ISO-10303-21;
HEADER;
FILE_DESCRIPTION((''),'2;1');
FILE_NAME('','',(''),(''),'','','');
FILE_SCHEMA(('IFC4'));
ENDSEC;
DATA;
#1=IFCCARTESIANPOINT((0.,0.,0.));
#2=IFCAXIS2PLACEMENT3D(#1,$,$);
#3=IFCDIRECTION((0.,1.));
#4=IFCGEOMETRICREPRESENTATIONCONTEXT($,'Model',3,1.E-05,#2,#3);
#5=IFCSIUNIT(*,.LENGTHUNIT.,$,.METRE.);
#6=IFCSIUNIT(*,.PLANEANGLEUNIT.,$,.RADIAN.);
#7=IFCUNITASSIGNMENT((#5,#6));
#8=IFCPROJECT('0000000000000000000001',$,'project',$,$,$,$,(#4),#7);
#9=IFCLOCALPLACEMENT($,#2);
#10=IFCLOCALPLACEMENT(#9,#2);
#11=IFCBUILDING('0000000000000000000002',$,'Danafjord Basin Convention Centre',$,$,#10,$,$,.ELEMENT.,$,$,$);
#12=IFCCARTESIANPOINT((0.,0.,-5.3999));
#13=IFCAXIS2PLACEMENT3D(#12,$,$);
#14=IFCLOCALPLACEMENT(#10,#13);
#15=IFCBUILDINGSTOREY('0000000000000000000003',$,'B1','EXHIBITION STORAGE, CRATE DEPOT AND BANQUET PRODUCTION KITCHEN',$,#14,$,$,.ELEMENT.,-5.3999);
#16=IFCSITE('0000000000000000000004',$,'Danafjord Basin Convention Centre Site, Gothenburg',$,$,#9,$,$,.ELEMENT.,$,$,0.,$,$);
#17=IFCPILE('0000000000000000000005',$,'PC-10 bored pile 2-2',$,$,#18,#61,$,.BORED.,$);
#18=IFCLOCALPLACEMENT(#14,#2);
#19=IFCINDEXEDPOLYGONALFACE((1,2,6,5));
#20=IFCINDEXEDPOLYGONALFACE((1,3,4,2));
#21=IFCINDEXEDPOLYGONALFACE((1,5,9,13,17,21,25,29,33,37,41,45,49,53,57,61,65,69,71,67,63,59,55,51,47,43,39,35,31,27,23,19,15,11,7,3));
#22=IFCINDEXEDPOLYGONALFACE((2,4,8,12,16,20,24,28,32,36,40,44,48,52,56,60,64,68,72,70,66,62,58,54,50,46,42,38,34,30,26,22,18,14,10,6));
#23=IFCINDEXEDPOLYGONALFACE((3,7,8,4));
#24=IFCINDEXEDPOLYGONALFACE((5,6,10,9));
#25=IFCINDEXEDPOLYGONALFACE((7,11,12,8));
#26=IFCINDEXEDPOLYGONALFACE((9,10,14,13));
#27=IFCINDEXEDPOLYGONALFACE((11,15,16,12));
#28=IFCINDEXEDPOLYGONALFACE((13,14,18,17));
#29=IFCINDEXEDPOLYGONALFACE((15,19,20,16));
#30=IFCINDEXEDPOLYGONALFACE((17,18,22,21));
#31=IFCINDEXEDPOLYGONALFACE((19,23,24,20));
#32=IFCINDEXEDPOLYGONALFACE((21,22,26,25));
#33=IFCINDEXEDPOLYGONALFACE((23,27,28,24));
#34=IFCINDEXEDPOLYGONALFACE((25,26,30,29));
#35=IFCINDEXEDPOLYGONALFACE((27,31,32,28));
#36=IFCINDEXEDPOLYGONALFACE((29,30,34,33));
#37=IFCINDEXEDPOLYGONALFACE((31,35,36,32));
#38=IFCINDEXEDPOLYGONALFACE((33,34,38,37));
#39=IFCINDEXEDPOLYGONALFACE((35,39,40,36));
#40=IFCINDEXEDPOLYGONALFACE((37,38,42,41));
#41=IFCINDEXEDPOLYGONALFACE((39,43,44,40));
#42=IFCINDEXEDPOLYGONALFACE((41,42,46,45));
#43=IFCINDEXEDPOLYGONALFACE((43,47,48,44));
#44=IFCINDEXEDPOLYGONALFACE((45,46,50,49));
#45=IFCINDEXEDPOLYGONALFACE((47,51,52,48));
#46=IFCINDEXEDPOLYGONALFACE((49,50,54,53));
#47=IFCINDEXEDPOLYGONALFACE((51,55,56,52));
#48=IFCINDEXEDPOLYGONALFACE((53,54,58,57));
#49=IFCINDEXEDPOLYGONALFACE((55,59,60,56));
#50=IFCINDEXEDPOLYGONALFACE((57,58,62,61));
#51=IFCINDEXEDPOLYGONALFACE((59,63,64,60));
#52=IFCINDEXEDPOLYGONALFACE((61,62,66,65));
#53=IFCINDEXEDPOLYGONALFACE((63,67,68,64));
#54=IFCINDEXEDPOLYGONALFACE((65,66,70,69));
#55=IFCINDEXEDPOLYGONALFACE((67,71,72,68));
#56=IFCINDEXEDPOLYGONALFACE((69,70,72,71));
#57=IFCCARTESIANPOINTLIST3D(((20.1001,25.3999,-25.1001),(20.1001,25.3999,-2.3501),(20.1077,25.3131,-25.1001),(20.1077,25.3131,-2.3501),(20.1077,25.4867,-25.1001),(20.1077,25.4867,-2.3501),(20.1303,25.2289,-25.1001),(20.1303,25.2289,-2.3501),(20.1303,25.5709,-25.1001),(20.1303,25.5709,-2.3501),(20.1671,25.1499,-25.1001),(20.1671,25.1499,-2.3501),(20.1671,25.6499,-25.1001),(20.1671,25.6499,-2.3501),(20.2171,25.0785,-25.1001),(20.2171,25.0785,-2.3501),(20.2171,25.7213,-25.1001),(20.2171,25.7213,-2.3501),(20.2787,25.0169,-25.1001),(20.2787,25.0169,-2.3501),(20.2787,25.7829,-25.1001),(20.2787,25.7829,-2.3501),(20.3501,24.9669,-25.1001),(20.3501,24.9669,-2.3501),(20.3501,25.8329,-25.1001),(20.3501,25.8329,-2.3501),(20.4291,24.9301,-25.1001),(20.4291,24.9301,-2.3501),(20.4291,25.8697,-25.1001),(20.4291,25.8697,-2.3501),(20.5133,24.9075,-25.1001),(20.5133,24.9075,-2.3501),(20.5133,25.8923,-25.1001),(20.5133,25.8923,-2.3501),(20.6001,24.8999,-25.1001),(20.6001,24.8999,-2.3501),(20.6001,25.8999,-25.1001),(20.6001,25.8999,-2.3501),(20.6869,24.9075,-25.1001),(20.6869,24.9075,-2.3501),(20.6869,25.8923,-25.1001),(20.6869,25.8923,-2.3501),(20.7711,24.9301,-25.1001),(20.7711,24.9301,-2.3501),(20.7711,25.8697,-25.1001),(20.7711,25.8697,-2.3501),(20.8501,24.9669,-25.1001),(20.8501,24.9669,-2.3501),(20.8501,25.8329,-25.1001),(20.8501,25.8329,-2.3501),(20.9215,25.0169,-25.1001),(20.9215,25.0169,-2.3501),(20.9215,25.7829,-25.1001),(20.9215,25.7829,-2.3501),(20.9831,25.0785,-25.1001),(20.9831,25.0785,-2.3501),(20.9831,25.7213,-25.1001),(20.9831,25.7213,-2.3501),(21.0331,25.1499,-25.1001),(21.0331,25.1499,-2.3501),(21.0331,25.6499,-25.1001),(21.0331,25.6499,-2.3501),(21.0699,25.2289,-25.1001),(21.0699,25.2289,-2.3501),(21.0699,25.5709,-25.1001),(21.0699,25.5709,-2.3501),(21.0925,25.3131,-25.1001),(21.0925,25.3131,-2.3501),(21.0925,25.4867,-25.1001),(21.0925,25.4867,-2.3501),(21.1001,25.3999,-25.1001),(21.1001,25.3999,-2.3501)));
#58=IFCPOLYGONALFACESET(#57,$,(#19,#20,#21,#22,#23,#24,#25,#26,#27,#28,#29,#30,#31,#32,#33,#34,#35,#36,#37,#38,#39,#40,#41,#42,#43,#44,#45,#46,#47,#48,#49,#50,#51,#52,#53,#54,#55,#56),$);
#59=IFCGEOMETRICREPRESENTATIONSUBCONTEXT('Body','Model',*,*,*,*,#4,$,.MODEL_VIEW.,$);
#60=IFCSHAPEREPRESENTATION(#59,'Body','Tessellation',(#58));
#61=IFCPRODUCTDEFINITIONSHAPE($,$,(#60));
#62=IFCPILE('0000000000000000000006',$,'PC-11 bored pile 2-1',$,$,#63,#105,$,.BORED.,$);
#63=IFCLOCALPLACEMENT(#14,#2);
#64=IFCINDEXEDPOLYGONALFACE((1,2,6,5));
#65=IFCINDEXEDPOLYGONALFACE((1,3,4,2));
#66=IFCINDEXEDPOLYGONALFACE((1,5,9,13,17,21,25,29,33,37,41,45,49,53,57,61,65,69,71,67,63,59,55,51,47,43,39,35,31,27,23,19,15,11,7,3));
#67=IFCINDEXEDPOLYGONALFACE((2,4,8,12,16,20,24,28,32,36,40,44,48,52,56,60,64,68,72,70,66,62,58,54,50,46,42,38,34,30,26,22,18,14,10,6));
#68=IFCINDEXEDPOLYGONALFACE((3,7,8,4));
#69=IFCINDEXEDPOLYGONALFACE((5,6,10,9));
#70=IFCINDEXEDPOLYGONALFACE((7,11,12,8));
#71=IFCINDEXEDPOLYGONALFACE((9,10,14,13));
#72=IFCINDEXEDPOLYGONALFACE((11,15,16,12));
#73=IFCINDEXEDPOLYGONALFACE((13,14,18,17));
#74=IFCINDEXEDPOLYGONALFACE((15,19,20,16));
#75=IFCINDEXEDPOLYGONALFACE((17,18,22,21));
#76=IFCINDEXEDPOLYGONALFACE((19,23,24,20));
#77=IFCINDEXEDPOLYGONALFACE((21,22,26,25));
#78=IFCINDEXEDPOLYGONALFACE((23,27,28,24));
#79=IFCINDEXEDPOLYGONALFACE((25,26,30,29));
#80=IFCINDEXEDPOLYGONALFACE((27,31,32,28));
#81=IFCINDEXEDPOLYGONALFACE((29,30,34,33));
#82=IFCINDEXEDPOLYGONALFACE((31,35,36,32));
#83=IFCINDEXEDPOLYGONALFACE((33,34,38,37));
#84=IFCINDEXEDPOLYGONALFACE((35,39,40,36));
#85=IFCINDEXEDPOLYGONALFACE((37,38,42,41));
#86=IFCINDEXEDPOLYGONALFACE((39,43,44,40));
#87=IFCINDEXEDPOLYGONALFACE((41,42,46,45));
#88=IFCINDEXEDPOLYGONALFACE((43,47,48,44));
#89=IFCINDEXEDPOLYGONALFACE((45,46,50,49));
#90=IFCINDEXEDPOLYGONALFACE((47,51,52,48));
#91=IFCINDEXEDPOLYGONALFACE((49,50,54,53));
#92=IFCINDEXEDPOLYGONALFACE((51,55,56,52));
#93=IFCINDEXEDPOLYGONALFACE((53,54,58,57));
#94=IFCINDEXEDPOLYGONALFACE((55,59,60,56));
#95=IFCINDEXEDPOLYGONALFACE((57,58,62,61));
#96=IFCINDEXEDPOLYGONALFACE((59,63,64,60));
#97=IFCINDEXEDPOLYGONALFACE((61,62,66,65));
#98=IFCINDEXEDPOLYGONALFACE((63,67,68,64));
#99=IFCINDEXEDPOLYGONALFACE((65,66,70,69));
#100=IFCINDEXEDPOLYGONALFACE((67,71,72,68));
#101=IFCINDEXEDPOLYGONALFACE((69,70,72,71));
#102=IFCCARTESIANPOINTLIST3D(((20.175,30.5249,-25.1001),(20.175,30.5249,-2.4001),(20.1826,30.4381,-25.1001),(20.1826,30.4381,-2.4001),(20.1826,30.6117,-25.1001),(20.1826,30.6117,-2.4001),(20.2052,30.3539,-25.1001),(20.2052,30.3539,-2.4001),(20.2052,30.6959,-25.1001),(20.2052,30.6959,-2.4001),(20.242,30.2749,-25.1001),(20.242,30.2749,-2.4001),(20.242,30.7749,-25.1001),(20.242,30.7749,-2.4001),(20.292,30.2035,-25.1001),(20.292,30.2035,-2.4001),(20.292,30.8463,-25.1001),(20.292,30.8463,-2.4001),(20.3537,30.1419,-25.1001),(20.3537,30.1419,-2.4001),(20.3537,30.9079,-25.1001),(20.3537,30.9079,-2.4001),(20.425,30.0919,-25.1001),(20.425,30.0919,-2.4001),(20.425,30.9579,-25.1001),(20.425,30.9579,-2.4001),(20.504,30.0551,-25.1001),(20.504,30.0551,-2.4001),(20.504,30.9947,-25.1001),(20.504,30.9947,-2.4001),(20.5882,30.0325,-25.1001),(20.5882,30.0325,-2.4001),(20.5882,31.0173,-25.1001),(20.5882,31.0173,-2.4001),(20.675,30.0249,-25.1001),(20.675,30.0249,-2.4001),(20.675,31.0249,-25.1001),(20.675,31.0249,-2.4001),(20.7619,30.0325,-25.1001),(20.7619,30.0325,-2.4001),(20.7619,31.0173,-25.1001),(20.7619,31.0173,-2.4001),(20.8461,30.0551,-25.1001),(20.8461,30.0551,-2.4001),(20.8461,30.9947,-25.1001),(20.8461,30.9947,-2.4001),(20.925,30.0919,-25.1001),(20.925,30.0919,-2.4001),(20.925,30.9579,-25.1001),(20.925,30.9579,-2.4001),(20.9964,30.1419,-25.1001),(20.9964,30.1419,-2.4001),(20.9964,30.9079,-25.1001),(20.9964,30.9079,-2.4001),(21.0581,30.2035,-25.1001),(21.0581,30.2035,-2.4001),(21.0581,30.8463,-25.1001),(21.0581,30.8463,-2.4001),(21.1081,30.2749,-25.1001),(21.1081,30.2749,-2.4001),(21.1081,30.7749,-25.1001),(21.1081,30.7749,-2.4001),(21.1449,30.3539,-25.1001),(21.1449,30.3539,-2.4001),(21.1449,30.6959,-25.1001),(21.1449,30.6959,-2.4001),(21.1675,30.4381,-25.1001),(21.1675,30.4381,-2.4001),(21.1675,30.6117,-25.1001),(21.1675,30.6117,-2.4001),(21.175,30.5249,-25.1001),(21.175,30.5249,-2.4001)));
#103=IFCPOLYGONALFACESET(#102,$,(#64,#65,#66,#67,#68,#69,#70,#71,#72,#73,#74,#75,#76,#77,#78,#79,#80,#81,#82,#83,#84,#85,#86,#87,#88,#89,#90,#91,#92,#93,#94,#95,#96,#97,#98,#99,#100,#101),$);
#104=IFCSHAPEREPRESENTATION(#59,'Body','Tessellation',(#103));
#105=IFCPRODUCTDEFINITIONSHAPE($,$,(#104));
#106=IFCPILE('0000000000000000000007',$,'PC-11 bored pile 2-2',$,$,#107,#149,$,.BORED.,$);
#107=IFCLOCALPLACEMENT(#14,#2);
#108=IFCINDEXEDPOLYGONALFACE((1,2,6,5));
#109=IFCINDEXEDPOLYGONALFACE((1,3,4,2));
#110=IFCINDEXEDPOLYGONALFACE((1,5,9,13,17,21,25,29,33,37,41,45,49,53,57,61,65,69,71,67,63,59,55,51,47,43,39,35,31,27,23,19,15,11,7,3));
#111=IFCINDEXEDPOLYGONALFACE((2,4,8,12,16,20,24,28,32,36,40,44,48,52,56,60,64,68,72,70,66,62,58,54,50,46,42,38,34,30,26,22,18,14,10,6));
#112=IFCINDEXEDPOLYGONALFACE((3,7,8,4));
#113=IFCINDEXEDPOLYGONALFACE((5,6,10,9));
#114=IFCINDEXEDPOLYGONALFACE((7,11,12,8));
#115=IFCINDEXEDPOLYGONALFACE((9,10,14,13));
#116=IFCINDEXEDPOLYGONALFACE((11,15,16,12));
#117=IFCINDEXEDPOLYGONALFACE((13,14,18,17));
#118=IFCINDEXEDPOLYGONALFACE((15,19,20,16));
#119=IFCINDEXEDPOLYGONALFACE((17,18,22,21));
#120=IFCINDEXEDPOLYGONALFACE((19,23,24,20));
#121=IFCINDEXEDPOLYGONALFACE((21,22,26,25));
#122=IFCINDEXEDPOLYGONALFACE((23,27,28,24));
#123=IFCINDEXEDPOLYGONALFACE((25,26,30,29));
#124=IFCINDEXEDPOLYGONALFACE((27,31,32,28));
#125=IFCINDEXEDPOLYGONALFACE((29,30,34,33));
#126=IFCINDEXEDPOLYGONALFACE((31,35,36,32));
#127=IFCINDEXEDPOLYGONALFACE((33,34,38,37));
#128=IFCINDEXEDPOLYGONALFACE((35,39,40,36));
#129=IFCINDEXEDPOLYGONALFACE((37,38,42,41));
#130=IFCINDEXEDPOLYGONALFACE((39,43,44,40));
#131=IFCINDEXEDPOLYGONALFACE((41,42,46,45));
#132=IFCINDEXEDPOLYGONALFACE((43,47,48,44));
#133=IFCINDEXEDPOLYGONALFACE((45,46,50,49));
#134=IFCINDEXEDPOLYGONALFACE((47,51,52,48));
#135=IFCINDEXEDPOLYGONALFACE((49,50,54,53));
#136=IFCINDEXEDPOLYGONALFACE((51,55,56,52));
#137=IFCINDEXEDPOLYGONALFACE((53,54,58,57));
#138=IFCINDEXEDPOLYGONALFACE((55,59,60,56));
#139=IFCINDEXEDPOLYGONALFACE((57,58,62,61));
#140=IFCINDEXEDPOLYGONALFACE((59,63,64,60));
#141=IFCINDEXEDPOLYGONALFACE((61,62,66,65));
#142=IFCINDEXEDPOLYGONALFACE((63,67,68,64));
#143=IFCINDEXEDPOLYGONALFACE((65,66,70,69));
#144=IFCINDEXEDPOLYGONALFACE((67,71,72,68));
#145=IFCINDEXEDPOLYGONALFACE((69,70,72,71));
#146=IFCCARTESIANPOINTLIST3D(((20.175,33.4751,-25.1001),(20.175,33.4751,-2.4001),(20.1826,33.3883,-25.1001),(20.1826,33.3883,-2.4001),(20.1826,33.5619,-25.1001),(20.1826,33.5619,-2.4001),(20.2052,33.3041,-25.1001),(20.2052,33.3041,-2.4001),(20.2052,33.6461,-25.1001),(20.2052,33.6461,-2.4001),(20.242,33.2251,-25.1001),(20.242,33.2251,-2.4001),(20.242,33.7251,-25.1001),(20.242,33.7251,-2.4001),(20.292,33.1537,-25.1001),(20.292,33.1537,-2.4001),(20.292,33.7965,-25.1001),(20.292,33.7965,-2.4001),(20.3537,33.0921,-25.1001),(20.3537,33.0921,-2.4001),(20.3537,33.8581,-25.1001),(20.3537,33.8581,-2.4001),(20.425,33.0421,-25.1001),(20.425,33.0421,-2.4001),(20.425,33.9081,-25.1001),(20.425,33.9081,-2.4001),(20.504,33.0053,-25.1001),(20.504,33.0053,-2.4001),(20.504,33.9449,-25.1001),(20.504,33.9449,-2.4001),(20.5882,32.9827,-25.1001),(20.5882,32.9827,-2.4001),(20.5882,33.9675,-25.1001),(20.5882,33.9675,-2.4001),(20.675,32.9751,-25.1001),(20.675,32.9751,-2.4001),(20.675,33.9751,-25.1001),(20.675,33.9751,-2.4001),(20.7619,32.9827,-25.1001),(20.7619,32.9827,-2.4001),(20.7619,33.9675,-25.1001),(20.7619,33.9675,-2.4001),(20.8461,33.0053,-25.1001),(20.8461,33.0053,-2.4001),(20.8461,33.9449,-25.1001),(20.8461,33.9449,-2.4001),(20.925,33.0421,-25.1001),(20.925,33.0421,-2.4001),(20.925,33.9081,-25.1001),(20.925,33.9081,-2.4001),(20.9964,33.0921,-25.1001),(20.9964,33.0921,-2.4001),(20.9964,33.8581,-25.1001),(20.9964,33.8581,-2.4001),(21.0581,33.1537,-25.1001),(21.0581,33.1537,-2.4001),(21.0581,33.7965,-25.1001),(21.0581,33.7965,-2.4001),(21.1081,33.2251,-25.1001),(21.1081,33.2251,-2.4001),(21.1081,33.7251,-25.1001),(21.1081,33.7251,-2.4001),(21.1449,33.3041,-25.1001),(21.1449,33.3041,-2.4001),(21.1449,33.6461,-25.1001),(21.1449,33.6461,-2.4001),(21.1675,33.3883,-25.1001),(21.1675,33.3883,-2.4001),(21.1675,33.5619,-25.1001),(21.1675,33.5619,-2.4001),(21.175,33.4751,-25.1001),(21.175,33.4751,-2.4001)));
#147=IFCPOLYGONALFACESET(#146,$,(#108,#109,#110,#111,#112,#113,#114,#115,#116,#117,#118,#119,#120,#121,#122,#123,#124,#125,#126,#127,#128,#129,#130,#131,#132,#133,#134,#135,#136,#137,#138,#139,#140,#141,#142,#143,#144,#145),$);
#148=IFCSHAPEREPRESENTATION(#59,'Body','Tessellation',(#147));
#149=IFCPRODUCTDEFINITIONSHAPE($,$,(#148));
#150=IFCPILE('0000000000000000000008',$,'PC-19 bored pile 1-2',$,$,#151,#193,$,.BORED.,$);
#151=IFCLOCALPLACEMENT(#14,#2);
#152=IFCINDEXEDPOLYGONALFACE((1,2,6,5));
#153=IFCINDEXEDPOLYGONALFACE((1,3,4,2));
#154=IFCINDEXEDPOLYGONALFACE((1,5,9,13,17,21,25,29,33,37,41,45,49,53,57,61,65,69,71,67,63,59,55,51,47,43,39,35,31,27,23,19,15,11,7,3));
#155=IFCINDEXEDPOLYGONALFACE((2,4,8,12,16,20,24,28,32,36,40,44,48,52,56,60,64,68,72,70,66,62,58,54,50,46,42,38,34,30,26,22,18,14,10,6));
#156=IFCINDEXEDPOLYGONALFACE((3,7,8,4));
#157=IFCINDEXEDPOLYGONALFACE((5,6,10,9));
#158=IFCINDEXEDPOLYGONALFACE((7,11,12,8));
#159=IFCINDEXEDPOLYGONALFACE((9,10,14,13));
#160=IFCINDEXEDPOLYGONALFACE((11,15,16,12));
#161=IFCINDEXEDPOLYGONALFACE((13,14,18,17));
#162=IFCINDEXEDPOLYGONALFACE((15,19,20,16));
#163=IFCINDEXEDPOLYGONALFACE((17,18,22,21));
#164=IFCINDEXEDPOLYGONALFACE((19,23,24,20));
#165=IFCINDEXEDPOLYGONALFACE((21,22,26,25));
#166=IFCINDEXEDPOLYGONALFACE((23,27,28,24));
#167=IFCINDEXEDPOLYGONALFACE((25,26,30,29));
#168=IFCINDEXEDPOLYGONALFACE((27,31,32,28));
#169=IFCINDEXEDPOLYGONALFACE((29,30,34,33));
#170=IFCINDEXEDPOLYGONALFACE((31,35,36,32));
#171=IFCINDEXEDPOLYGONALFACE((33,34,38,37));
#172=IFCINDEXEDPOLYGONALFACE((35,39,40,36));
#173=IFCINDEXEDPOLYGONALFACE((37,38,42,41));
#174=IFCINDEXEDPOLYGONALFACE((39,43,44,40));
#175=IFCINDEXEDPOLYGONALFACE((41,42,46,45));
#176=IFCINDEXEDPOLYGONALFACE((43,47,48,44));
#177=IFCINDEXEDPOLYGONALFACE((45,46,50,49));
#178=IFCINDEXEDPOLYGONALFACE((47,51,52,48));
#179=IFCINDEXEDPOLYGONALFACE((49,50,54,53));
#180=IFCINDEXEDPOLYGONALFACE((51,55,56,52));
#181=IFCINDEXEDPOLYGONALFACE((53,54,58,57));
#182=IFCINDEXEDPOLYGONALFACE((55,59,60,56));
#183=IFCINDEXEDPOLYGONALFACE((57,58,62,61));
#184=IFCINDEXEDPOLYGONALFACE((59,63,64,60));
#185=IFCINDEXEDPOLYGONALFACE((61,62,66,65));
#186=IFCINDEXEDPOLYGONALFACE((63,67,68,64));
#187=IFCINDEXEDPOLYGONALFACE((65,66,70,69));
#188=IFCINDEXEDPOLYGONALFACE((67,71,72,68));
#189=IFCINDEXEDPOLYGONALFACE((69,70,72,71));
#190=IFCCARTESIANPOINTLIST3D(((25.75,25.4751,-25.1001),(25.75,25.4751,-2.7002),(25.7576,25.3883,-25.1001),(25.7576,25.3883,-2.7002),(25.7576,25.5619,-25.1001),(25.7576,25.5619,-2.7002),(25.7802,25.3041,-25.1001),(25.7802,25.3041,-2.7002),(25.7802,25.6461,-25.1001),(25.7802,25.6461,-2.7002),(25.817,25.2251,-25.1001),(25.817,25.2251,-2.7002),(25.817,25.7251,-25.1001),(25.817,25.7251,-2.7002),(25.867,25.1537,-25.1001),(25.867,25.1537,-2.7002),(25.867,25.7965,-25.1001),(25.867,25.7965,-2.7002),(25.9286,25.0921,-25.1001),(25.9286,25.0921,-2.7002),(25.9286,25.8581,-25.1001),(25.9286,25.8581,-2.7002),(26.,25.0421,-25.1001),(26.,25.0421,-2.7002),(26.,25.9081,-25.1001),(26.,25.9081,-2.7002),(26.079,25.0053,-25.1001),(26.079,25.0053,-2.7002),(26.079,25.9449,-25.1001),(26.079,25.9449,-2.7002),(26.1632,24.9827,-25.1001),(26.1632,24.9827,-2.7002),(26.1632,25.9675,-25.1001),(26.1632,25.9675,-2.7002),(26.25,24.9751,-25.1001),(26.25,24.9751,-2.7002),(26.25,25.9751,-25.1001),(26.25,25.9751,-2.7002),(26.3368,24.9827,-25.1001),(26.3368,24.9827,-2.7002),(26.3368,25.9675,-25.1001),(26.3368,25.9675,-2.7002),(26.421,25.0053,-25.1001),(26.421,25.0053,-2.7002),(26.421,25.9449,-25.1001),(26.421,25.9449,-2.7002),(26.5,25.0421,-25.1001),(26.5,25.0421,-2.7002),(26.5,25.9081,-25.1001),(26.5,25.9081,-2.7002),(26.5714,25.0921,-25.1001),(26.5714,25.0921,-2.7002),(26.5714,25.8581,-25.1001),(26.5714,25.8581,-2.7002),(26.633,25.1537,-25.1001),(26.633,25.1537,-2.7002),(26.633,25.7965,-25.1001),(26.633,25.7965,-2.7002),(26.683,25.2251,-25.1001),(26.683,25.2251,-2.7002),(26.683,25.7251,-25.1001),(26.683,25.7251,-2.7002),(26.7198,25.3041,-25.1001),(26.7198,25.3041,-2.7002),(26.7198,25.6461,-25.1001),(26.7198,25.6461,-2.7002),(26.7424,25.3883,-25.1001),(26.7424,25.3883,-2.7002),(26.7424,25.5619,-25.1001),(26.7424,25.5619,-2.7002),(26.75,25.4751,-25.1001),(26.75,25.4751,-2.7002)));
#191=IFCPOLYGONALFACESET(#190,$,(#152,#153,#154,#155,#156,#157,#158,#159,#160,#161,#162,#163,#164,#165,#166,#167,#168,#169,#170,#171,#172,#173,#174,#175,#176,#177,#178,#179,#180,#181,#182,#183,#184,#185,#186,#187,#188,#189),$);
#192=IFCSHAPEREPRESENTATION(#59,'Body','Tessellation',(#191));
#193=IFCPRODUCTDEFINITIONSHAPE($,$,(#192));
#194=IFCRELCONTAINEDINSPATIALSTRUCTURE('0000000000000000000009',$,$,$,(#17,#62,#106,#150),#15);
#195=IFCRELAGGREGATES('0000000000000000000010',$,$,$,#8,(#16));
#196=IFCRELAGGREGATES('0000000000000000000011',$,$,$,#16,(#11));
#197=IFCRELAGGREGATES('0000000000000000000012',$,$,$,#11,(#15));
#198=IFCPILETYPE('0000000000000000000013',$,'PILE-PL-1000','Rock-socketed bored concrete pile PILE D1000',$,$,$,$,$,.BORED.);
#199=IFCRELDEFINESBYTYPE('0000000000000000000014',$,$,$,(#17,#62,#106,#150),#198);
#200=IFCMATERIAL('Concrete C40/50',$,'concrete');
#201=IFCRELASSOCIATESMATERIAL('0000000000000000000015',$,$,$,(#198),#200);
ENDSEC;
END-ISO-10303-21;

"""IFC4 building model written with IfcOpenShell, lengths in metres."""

from ifc_helpers import new_model, si_unit, direction, frame, origin, origin_2d, place, context, subcontext, project, spatial, circle, extrude, material, material_profile, profile_set, type_object, element, save


model = new_model("IFC4")

# Units and contexts
model_context = context("Model", 3, precision=1e-05, world=origin(), true_north=direction((0.0, 1.0)))
body_context = subcontext(model_context, "Body", "Model", "MODEL_VIEW")
ifc_project = project(units=[si_unit("LENGTHUNIT", "METRE"), si_unit("PLANEANGLEUNIT", "RADIAN")], contexts=[model_context])

# Site, building, storey
site_placement = place(None, origin())
site = spatial("IfcSite", under=ifc_project, at=site_placement, Name="Danafjord Basin Convention Centre Site, Gothenburg", CompositionType="ELEMENT", RefElevation=0.0)
building_placement = place(site_placement, origin())
building = spatial("IfcBuilding", under=site, at=building_placement, Name="Danafjord Basin Convention Centre", CompositionType="ELEMENT")
storey_placement = place(building_placement, frame((0.0, 0.0, -5.3999)))
storey = spatial("IfcBuildingStorey", under=building, at=storey_placement, Name="B1", Description="EXHIBITION STORAGE, CRATE DEPOT AND BANQUET PRODUCTION KITCHEN", CompositionType="ELEMENT", Elevation=-5.3999)

# Shared definitions
ifc_material_1 = material(Name="Concrete C40/50", Category="concrete")

# Piles
ifc_material_profile_1 = material_profile(ifc_material_1, circle(Radius=0.5, at=origin_2d()), Name="PILE D1000")
ifc_profile_set_1 = profile_set([ifc_material_profile_1], Name="Concrete C40/50")
pile_type_1 = type_object("IfcPileType", Name="PILE-PL-1000", Description="Rock-socketed bored concrete pile PILE D1000", PredefinedType="BORED", material=ifc_profile_set_1)
for number, where, z_axis, x_axis, name in (
    (1, (20.6001, 25.3999, -2.3501), (0.0, 0.0, -1.0), (1.0, 0.0, 0.0), "PC-10 bored pile 2-2"),
):
    element("IfcPile", number, at=place(storey_placement, frame(where, z_axis=z_axis, x_axis=x_axis)), inside=storey, type_object=pile_type_1, Name=name, PredefinedType="BORED", context=body_context, shape_type="SweptSolid", body=[
        extrude(circle(Radius=0.5, at=origin_2d()), origin(), (0.0, 0.0, 1.0), 22.75),
    ])
for number, where, z_axis, x_axis, name in (
    (2, (20.675, 30.5249, -2.4001), (0.0, 0.0, -1.0), (1.0, 0.0, 0.0), "PC-11 bored pile 2-1"),
    (3, (20.675, 33.4751, -2.4001), (0.0, 0.0, -1.0), (1.0, 0.0, 0.0), "PC-11 bored pile 2-2"),
):
    element("IfcPile", number, at=place(storey_placement, frame(where, z_axis=z_axis, x_axis=x_axis)), inside=storey, type_object=pile_type_1, Name=name, PredefinedType="BORED", context=body_context, shape_type="SweptSolid", body=[
        extrude(circle(Radius=0.5, at=origin_2d()), origin(), (0.0, 0.0, 1.0), 22.7),
    ])
for number, where, z_axis, x_axis, name in (
    (4, (26.25, 25.4751, -2.7002), (0.0, 0.0, -1.0), (1.0, 0.0, 0.0), "PC-19 bored pile 1-2"),
):
    element("IfcPile", number, at=place(storey_placement, frame(where, z_axis=z_axis, x_axis=x_axis)), inside=storey, type_object=pile_type_1, Name=name, PredefinedType="BORED", context=body_context, shape_type="SweptSolid", body=[
        extrude(circle(Radius=0.5, at=origin_2d()), origin(), (0.0, 0.0, 1.0), 22.3999),
    ])

save(model, "model.ifc")
